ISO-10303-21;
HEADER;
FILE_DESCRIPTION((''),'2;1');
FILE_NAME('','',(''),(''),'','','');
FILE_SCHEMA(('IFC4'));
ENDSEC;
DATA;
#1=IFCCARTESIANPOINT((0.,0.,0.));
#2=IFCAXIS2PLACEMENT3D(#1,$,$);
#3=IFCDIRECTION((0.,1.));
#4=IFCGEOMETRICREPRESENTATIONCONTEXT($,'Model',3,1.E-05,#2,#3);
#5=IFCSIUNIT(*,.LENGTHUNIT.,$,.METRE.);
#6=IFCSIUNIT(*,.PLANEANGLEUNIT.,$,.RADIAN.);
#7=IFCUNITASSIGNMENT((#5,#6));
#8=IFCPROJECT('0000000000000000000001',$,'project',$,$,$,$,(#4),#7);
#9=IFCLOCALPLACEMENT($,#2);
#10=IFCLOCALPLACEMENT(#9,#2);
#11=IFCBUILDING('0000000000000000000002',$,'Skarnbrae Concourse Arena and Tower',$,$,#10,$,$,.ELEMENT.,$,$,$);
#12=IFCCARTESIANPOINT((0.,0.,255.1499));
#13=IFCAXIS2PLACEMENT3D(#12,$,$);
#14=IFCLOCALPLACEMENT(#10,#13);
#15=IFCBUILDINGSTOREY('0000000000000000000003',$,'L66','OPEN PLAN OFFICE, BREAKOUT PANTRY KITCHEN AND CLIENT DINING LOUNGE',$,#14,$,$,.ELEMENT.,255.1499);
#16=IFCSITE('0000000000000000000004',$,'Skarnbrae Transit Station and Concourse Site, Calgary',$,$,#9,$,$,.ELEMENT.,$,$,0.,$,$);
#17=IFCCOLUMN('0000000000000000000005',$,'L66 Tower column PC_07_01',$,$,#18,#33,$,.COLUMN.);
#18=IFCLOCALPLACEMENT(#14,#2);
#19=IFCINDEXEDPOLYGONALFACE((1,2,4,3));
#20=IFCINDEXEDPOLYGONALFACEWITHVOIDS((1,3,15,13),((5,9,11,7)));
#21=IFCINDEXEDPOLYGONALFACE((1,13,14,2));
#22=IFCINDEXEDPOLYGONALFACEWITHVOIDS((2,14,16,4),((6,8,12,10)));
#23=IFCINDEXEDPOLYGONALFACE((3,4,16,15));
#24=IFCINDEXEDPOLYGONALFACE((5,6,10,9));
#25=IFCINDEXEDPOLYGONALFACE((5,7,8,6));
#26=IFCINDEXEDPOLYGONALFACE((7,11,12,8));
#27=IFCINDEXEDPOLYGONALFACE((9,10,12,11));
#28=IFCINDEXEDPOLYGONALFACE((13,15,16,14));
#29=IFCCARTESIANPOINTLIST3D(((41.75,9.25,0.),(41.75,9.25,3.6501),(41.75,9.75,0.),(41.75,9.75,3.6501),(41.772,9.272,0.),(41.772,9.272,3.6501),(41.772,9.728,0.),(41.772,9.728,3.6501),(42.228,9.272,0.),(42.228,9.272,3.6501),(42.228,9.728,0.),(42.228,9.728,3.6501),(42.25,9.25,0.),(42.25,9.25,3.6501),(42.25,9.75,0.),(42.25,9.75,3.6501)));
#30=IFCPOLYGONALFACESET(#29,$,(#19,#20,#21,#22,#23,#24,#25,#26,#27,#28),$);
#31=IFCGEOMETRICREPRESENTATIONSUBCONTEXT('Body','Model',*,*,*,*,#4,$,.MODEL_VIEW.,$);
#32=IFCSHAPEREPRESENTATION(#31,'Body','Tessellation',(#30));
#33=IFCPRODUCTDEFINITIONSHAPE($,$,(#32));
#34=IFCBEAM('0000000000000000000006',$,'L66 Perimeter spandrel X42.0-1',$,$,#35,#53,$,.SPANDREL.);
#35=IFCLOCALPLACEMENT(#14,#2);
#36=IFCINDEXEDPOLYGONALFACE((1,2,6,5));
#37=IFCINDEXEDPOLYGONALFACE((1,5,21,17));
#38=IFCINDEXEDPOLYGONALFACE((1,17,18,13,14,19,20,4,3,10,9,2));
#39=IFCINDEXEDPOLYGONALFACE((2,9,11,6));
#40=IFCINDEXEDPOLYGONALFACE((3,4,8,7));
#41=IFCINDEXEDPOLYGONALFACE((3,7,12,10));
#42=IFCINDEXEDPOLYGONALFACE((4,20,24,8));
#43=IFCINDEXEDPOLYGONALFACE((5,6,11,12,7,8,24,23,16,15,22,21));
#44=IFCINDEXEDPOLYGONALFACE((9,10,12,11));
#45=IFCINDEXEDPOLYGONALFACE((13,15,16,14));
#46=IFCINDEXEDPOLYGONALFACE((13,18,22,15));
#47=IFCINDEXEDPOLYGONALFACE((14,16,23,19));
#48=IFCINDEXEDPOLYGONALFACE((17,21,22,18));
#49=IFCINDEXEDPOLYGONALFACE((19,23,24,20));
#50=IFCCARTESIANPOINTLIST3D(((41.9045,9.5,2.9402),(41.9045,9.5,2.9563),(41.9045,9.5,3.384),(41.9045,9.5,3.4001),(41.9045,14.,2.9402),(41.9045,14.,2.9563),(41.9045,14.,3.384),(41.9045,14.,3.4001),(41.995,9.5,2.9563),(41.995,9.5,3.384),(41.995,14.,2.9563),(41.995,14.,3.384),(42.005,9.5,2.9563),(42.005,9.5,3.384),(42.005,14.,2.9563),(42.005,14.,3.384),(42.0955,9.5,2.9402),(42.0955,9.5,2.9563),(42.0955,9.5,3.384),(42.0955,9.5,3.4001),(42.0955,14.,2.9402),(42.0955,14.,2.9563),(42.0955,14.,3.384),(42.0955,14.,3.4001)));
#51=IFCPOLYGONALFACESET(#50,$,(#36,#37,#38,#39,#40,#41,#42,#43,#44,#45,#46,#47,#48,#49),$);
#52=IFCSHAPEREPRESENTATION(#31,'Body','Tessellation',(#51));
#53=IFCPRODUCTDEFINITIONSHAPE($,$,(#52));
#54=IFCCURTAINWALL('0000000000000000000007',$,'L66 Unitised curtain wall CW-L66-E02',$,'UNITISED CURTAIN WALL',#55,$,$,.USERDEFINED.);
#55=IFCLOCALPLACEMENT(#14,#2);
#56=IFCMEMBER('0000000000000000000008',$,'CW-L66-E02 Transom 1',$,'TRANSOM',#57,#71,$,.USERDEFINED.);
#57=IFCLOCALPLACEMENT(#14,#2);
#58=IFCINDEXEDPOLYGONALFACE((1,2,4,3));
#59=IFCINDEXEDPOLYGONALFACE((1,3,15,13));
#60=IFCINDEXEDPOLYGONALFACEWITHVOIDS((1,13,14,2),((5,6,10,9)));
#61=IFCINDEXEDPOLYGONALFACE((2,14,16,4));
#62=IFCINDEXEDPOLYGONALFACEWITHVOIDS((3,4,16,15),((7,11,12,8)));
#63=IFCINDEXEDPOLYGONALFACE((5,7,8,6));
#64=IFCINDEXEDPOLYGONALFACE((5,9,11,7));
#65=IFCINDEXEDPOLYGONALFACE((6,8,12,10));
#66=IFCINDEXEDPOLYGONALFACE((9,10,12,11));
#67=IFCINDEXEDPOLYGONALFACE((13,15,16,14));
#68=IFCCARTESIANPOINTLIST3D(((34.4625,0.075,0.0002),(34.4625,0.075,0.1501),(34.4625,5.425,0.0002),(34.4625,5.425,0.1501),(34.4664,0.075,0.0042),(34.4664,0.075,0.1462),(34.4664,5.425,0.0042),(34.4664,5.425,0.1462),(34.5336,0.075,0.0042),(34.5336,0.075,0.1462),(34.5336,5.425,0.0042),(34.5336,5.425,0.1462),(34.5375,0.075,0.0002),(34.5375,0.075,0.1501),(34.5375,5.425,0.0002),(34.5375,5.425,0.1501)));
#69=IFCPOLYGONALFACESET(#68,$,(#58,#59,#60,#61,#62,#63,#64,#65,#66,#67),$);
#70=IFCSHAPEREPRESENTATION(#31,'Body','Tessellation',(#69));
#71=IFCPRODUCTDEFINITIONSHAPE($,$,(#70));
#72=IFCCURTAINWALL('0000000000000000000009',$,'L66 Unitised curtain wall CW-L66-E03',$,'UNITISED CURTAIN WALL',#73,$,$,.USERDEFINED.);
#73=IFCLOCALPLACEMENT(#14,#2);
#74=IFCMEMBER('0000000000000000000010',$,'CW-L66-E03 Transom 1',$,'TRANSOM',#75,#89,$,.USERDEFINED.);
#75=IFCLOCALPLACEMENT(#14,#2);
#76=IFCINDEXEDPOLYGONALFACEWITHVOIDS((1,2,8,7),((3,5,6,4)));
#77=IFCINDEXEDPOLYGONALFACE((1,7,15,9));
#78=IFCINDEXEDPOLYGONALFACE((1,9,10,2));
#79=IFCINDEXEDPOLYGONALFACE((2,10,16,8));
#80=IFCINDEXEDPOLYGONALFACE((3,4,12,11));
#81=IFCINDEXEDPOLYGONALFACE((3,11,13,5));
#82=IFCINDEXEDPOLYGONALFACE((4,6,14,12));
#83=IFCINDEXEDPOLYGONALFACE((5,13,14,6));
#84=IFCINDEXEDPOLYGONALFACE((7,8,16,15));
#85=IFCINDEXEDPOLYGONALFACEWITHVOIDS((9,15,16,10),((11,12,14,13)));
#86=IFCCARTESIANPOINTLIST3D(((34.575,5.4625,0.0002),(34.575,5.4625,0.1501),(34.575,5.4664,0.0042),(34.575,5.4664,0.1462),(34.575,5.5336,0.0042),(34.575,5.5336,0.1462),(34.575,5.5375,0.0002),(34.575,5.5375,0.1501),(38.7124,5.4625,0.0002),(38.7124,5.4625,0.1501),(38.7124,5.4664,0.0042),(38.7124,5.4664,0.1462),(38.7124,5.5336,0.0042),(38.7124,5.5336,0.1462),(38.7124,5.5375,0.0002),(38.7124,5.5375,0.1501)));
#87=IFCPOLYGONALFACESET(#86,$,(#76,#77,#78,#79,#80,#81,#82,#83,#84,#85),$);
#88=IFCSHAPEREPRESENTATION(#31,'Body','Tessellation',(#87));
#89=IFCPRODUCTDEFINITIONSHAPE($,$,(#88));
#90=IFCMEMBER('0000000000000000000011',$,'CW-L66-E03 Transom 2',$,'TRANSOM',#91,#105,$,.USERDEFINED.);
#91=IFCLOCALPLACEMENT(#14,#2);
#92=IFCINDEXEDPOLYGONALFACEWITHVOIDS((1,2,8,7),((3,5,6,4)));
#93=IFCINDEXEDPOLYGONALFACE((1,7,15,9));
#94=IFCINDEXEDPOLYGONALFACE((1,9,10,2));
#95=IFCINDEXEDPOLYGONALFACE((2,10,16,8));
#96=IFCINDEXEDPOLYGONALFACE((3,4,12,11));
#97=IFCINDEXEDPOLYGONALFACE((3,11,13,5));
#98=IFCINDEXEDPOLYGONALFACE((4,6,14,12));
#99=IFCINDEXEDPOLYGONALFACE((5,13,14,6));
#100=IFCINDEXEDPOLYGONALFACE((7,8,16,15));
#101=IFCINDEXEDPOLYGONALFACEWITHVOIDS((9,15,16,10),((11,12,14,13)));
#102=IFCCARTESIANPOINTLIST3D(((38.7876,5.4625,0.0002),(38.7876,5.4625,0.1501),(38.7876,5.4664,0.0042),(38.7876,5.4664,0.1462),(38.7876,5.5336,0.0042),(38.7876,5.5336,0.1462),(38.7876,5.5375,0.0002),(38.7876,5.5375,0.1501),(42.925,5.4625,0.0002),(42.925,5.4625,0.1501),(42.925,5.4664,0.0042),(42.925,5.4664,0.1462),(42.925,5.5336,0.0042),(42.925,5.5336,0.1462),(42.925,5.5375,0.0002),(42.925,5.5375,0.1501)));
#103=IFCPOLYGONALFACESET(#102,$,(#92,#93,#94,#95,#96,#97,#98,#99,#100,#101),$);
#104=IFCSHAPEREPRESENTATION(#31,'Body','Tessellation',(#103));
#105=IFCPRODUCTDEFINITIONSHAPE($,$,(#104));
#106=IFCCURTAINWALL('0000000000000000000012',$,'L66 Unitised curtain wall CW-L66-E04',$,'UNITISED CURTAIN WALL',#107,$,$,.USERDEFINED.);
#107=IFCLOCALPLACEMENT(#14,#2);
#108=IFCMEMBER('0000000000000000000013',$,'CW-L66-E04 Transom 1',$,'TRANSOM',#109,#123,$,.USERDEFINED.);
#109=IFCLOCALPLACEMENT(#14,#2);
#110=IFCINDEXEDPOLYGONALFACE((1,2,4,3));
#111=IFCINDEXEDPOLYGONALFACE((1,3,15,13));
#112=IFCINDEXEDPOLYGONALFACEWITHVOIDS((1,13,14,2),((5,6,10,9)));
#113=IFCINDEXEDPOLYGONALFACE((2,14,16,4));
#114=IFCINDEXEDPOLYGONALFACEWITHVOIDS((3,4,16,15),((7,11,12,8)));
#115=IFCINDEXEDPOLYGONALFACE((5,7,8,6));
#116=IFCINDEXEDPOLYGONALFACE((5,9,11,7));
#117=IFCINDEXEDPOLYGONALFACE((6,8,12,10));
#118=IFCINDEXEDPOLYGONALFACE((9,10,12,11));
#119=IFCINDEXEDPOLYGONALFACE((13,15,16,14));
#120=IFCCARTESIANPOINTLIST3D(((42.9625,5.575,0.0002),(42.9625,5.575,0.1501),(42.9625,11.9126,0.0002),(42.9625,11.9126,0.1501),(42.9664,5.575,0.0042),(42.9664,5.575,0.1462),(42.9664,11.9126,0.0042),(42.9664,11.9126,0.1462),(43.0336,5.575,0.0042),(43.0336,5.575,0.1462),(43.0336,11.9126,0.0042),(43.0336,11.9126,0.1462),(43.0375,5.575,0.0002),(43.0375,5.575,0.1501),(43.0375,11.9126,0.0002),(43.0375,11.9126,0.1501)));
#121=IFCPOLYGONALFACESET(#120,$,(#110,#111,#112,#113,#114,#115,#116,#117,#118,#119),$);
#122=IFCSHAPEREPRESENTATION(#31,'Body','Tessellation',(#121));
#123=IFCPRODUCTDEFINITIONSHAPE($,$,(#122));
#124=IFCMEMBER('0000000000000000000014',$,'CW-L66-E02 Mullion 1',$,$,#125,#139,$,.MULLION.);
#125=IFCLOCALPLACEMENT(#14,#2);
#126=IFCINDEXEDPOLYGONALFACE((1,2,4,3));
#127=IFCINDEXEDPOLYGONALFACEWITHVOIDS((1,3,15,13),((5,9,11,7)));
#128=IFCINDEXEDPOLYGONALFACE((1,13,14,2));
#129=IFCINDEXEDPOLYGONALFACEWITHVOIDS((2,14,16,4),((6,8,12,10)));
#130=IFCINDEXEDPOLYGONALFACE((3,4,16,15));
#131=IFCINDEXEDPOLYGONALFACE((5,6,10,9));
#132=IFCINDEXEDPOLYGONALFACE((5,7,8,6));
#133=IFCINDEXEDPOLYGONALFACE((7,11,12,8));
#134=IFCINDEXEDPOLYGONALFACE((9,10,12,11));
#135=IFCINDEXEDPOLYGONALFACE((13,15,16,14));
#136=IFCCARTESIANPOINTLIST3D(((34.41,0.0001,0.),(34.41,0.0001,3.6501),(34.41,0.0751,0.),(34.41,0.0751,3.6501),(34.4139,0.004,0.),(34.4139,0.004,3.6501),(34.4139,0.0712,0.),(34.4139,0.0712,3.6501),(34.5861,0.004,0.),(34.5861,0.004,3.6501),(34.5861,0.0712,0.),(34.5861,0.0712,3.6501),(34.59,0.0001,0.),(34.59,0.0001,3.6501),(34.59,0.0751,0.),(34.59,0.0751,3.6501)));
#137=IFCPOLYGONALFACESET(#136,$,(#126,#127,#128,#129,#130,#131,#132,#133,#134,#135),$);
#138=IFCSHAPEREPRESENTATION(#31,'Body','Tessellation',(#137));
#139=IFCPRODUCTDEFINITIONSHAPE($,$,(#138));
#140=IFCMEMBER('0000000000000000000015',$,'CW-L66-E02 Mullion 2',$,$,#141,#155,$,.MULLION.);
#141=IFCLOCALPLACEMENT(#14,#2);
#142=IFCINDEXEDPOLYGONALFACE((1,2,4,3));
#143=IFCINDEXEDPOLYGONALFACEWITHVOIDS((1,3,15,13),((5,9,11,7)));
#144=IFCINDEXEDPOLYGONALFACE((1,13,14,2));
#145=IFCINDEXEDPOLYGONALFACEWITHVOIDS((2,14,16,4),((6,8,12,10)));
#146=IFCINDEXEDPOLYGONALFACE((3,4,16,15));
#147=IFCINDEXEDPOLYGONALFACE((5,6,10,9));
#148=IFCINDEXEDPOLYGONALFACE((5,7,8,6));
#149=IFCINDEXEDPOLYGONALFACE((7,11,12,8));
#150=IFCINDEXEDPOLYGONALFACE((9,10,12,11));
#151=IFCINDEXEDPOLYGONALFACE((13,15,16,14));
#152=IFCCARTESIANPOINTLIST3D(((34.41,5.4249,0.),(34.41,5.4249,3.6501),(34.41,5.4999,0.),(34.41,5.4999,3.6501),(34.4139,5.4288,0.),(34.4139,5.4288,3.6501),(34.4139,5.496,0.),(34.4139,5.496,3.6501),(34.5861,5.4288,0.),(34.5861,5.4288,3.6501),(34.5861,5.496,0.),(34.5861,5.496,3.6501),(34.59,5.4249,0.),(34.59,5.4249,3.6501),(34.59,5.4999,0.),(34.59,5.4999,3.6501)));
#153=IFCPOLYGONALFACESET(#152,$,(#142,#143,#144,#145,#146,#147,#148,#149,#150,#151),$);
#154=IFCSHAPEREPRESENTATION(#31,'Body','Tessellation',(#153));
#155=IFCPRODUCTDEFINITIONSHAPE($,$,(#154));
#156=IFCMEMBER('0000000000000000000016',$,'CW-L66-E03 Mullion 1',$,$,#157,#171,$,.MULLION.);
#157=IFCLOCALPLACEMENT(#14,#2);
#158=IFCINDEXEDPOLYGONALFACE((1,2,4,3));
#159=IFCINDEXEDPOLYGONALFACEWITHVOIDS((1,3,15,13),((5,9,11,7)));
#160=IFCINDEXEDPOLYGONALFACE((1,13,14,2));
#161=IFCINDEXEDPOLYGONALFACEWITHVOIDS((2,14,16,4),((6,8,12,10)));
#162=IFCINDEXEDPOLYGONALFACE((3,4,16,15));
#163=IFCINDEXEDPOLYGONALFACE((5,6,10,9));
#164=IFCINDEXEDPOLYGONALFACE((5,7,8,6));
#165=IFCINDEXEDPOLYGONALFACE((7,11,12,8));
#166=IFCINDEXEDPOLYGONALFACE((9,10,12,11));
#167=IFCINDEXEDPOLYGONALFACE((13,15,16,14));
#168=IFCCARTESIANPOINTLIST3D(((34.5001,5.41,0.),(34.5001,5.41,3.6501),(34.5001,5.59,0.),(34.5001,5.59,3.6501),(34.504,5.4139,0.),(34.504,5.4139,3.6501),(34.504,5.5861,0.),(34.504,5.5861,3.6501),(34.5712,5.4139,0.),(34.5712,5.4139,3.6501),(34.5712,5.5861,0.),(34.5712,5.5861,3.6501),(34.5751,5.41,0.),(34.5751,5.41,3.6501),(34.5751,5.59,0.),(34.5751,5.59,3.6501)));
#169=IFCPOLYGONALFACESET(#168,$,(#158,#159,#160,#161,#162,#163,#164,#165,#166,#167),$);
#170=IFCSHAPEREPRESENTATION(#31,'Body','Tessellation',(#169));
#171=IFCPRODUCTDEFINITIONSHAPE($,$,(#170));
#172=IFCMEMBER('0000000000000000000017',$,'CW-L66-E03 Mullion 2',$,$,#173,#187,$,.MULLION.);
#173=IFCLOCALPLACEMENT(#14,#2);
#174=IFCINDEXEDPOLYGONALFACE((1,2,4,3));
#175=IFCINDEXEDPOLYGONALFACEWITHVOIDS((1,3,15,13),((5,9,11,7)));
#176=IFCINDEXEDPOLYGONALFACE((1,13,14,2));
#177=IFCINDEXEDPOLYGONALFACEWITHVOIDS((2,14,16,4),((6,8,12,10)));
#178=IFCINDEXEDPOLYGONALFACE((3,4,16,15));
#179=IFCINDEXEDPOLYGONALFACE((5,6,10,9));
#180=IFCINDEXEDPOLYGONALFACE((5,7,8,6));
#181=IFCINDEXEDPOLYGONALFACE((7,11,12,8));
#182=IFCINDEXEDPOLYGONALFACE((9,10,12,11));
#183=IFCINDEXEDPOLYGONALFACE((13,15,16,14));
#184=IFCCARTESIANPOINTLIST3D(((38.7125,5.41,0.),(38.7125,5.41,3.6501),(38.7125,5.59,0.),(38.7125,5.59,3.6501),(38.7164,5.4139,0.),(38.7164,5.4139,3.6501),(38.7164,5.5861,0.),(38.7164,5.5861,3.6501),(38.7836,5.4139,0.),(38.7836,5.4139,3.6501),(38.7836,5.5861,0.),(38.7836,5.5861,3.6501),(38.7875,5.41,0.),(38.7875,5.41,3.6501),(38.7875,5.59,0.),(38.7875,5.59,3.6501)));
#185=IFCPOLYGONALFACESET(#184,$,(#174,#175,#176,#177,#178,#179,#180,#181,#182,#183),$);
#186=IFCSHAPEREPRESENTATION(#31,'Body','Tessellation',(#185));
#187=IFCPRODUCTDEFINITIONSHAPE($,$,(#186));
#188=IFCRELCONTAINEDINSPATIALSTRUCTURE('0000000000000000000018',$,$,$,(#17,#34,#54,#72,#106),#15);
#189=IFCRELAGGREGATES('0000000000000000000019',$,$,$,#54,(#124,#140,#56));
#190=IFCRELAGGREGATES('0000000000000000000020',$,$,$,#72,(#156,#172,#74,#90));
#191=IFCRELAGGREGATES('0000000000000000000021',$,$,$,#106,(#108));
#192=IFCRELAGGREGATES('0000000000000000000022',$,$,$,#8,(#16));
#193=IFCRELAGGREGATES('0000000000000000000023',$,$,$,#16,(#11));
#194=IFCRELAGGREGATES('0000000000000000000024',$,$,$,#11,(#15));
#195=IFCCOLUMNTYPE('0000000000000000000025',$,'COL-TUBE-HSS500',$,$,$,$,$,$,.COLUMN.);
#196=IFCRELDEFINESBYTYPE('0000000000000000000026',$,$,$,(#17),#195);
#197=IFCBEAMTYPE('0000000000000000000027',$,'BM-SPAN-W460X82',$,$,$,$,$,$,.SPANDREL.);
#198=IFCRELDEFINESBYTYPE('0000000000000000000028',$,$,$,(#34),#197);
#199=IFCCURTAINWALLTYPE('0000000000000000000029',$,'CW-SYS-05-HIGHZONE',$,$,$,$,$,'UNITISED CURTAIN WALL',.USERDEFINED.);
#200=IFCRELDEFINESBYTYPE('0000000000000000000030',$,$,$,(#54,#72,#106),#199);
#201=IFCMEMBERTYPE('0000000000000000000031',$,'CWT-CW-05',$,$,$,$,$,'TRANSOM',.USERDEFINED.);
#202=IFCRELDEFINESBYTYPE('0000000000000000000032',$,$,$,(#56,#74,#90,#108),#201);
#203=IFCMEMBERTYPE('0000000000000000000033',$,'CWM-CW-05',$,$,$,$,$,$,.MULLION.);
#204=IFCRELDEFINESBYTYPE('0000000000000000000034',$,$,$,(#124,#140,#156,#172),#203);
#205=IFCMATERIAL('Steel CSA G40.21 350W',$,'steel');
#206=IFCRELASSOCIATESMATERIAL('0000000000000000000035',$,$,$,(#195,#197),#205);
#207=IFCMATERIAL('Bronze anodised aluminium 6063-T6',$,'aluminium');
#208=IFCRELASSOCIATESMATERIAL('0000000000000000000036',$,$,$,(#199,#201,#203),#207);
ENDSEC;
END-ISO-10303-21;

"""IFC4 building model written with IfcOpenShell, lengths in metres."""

from ifc_helpers import new_model, si_unit, direction, frame, origin, origin_2d, place, context, subcontext, project, spatial, hollow_rectangle, i_section, extrude, source, transform, mapped, material, material_profile, profile_set, type_object, element, aggregate, save


model = new_model("IFC4")

# Units and contexts
model_context = context("Model", 3, precision=1e-05, world=origin(), true_north=direction((0.0, 1.0)))
body_context = subcontext(model_context, "Body", "Model", "MODEL_VIEW")
ifc_project = project(units=[si_unit("LENGTHUNIT", "METRE"), si_unit("PLANEANGLEUNIT", "RADIAN")], contexts=[model_context])

# Site, building, storey
site_placement = place(None, origin())
site = spatial("IfcSite", under=ifc_project, at=site_placement, Name="Skarnbrae Transit Station and Concourse Site, Calgary", CompositionType="ELEMENT", RefElevation=0.0)
building_placement = place(site_placement, origin())
building = spatial("IfcBuilding", under=site, at=building_placement, Name="Skarnbrae Concourse Arena and Tower", CompositionType="ELEMENT")
storey_placement = place(building_placement, frame((0.0, 0.0, 255.1499)))
storey = spatial("IfcBuildingStorey", under=building, at=storey_placement, Name="L66", Description="OPEN PLAN OFFICE, BREAKOUT PANTRY KITCHEN AND CLIENT DINING LOUNGE", CompositionType="ELEMENT", Elevation=255.1499)

# Column
ifc_material_1 = material(Name="Steel CSA G40.21 350W", Category="steel")
ifc_material_profile_1 = material_profile(ifc_material_1, hollow_rectangle(XDim=0.5, YDim=0.5, WallThickness=0.022, at=origin_2d()), Name="HSS500X500X22.0")
ifc_profile_set_1 = profile_set([ifc_material_profile_1], Name="Steel CSA G40.21 350W")
column_type = type_object("IfcColumnType", Name="COL-TUBE-HSS500", PredefinedType="COLUMN", material=ifc_profile_set_1)
shared_shape_1 = source(origin(), body_context, "Body", "SweptSolid", [
    extrude(hollow_rectangle(XDim=0.5, YDim=0.5, WallThickness=0.022, at=origin_2d()), origin(), (0.0, 0.0, 1.0), 3.6501),
])
column_placement = place(storey_placement, frame((42.0, 9.5, 0.0), z_axis=(0.0, 0.0, 1.0), x_axis=(1.0, 0.0, 0.0)))
element("IfcColumn", 1, at=column_placement, inside=storey, type_object=column_type, Name="L66 Tower column PC_07_01", PredefinedType="COLUMN", context=body_context, shape_type="MappedRepresentation", body=[
    mapped(shared_shape_1, transform((0.0, 0.0, 0.0))),
])

# Beam
ifc_material_profile_2 = material_profile(ifc_material_1, i_section(OverallWidth=0.1909, OverallDepth=0.46, WebThickness=0.01, FlangeThickness=0.0161, at=origin_2d()), Name="W460X82")
ifc_profile_set_2 = profile_set([ifc_material_profile_2], Name="Steel CSA G40.21 350W")
beam_type = type_object("IfcBeamType", Name="BM-SPAN-W460X82", PredefinedType="SPANDREL", material=ifc_profile_set_2)
shared_shape_2 = source(origin(), body_context, "Body", "SweptSolid", [
    extrude(i_section(OverallWidth=0.1909, OverallDepth=0.46, WebThickness=0.01, FlangeThickness=0.0161, at=origin_2d()), origin(), (0.0, 0.0, 1.0), 4.5),
])
beam_placement = place(storey_placement, frame((42.0, 9.5, 3.1702), z_axis=(0.0, 1.0, 0.0), x_axis=(-1.0, 0.0, 0.0)))
element("IfcBeam", 2, at=beam_placement, inside=storey, type_object=beam_type, Name="L66 Perimeter spandrel X42.0-1", PredefinedType="SPANDREL", context=body_context, shape_type="MappedRepresentation", body=[
    mapped(shared_shape_2, transform((0.0, 0.0, 0.0))),
])

# Curtain wall, member
ifc_material_2 = material(Name="Bronze anodised aluminium 6063-T6", Category="aluminium")
curtain_wall_type = type_object("IfcCurtainWallType", Name="CW-SYS-05-HIGHZONE", ElementType="UNITISED CURTAIN WALL", PredefinedType="USERDEFINED", material=ifc_material_2)
curtain_wall_1_placement = place(storey_placement, origin())
curtain_wall_1 = element("IfcCurtainWall", 3, at=curtain_wall_1_placement, inside=storey, type_object=curtain_wall_type, Name="L66 Unitised curtain wall CW-L66-E02", ObjectType="UNITISED CURTAIN WALL", PredefinedType="USERDEFINED")
ifc_material_profile_3 = material_profile(ifc_material_2, hollow_rectangle(XDim=0.075, YDim=0.1499, WallThickness=0.0039, at=origin_2d()), Name="ALU-TRAN-75X150")
ifc_profile_set_3 = profile_set([ifc_material_profile_3], Name="Bronze anodised aluminium 6063-T6")
member_type_1 = type_object("IfcMemberType", Name="CWT-CW-05", ElementType="TRANSOM", PredefinedType="USERDEFINED", material=ifc_profile_set_3)
shared_shape_3 = source(origin(), body_context, "Body", "SweptSolid", [
    extrude(hollow_rectangle(XDim=0.075, YDim=0.1499, WallThickness=0.0039, at=origin_2d()), origin(), (0.0, 0.0, 1.0), 5.3501),
])
member_1_placement = place(storey_placement, frame((34.5, 0.075, 0.0752), z_axis=(0.0, 1.0, 0.0), x_axis=(-1.0, 0.0, 0.0)))
member_1 = element("IfcMember", 4, at=member_1_placement, type_object=member_type_1, Name="CW-L66-E02 Transom 1", ObjectType="TRANSOM", PredefinedType="USERDEFINED", context=body_context, shape_type="MappedRepresentation", body=[
    mapped(shared_shape_3, transform((0.0, 0.0, 0.0))),
])

# Curtain wall, members
curtain_wall_2_placement = place(storey_placement, origin())
curtain_wall_2 = element("IfcCurtainWall", 5, at=curtain_wall_2_placement, inside=storey, type_object=curtain_wall_type, Name="L66 Unitised curtain wall CW-L66-E03", ObjectType="UNITISED CURTAIN WALL", PredefinedType="USERDEFINED")
shared_shape_4 = source(origin(), body_context, "Body", "SweptSolid", [
    extrude(hollow_rectangle(XDim=0.075, YDim=0.1499, WallThickness=0.0039, at=origin_2d()), origin(), (0.0, 0.0, 1.0), 4.1375),
])
member_2_placement = place(storey_placement, frame((34.575, 5.5, 0.0752), z_axis=(1.0, 0.0, 0.0), x_axis=(0.0, 1.0, 0.0)))
member_2 = element("IfcMember", 6, at=member_2_placement, type_object=member_type_1, Name="CW-L66-E03 Transom 1", ObjectType="TRANSOM", PredefinedType="USERDEFINED", context=body_context, shape_type="MappedRepresentation", body=[
    mapped(shared_shape_4, transform((0.0, 0.0, 0.0))),
])
member_3_placement = place(storey_placement, frame((38.7876, 5.5, 0.0752), z_axis=(1.0, 0.0, 0.0), x_axis=(0.0, 1.0, 0.0)))
member_3 = element("IfcMember", 7, at=member_3_placement, type_object=member_type_1, Name="CW-L66-E03 Transom 2", ObjectType="TRANSOM", PredefinedType="USERDEFINED", context=body_context, shape_type="MappedRepresentation", body=[
    mapped(shared_shape_4, transform((0.0, 0.0, 0.0))),
])

# Curtain wall, member
curtain_wall_3_placement = place(storey_placement, origin())
curtain_wall_3 = element("IfcCurtainWall", 8, at=curtain_wall_3_placement, inside=storey, type_object=curtain_wall_type, Name="L66 Unitised curtain wall CW-L66-E04", ObjectType="UNITISED CURTAIN WALL", PredefinedType="USERDEFINED")
shared_shape_5 = source(origin(), body_context, "Body", "SweptSolid", [
    extrude(hollow_rectangle(XDim=0.075, YDim=0.1499, WallThickness=0.0039, at=origin_2d()), origin(), (0.0, 0.0, 1.0), 6.3376),
])
member_4_placement = place(storey_placement, frame((43.0, 5.575, 0.0752), z_axis=(0.0, 1.0, 0.0), x_axis=(-1.0, 0.0, 0.0)))
member_4 = element("IfcMember", 9, at=member_4_placement, type_object=member_type_1, Name="CW-L66-E04 Transom 1", ObjectType="TRANSOM", PredefinedType="USERDEFINED", context=body_context, shape_type="MappedRepresentation", body=[
    mapped(shared_shape_5, transform((0.0, 0.0, 0.0))),
])

# Members
ifc_material_profile_4 = material_profile(ifc_material_2, hollow_rectangle(XDim=0.075, YDim=0.1799, WallThickness=0.0039, at=origin_2d()), Name="ALU-MULL-75X180")
ifc_profile_set_4 = profile_set([ifc_material_profile_4], Name="Bronze anodised aluminium 6063-T6")
member_type_2 = type_object("IfcMemberType", Name="CWM-CW-05", PredefinedType="MULLION", material=ifc_profile_set_4)
shared_shape_6 = source(origin(), body_context, "Body", "SweptSolid", [
    extrude(hollow_rectangle(XDim=0.075, YDim=0.1799, WallThickness=0.0039, at=origin_2d()), origin(), (0.0, 0.0, 1.0), 3.6501),
])
member_5_placement = place(storey_placement, frame((34.5, 0.0376, 0.0), z_axis=(0.0, 0.0, 1.0), x_axis=(0.0, 1.0, 0.0)))
member_5 = element("IfcMember", 10, at=member_5_placement, type_object=member_type_2, Name="CW-L66-E02 Mullion 1", PredefinedType="MULLION", context=body_context, shape_type="MappedRepresentation", body=[
    mapped(shared_shape_6, transform((0.0, 0.0, 0.0))),
])
member_6_placement = place(storey_placement, frame((34.5, 5.4624, 0.0), z_axis=(0.0, 0.0, 1.0), x_axis=(0.0, 1.0, 0.0)))
member_6 = element("IfcMember", 11, at=member_6_placement, type_object=member_type_2, Name="CW-L66-E02 Mullion 2", PredefinedType="MULLION", context=body_context, shape_type="MappedRepresentation", body=[
    mapped(shared_shape_6, transform((0.0, 0.0, 0.0))),
])
member_7_placement = place(storey_placement, frame((34.5376, 5.5, 0.0), z_axis=(0.0, 0.0, 1.0), x_axis=(1.0, 0.0, 0.0)))
member_7 = element("IfcMember", 12, at=member_7_placement, type_object=member_type_2, Name="CW-L66-E03 Mullion 1", PredefinedType="MULLION", context=body_context, shape_type="MappedRepresentation", body=[
    mapped(shared_shape_6, transform((0.0, 0.0, 0.0))),
])
member_8_placement = place(storey_placement, frame((38.75, 5.5, 0.0), z_axis=(0.0, 0.0, 1.0), x_axis=(1.0, 0.0, 0.0)))
member_8 = element("IfcMember", 13, at=member_8_placement, type_object=member_type_2, Name="CW-L66-E03 Mullion 2", PredefinedType="MULLION", context=body_context, shape_type="MappedRepresentation", body=[
    mapped(shared_shape_6, transform((0.0, 0.0, 0.0))),
])

aggregate(curtain_wall_1, [member_5, member_6, member_1])
aggregate(curtain_wall_2, [member_7, member_8, member_2, member_3])
aggregate(curtain_wall_3, [member_4])

save(model, "model.ifc")
